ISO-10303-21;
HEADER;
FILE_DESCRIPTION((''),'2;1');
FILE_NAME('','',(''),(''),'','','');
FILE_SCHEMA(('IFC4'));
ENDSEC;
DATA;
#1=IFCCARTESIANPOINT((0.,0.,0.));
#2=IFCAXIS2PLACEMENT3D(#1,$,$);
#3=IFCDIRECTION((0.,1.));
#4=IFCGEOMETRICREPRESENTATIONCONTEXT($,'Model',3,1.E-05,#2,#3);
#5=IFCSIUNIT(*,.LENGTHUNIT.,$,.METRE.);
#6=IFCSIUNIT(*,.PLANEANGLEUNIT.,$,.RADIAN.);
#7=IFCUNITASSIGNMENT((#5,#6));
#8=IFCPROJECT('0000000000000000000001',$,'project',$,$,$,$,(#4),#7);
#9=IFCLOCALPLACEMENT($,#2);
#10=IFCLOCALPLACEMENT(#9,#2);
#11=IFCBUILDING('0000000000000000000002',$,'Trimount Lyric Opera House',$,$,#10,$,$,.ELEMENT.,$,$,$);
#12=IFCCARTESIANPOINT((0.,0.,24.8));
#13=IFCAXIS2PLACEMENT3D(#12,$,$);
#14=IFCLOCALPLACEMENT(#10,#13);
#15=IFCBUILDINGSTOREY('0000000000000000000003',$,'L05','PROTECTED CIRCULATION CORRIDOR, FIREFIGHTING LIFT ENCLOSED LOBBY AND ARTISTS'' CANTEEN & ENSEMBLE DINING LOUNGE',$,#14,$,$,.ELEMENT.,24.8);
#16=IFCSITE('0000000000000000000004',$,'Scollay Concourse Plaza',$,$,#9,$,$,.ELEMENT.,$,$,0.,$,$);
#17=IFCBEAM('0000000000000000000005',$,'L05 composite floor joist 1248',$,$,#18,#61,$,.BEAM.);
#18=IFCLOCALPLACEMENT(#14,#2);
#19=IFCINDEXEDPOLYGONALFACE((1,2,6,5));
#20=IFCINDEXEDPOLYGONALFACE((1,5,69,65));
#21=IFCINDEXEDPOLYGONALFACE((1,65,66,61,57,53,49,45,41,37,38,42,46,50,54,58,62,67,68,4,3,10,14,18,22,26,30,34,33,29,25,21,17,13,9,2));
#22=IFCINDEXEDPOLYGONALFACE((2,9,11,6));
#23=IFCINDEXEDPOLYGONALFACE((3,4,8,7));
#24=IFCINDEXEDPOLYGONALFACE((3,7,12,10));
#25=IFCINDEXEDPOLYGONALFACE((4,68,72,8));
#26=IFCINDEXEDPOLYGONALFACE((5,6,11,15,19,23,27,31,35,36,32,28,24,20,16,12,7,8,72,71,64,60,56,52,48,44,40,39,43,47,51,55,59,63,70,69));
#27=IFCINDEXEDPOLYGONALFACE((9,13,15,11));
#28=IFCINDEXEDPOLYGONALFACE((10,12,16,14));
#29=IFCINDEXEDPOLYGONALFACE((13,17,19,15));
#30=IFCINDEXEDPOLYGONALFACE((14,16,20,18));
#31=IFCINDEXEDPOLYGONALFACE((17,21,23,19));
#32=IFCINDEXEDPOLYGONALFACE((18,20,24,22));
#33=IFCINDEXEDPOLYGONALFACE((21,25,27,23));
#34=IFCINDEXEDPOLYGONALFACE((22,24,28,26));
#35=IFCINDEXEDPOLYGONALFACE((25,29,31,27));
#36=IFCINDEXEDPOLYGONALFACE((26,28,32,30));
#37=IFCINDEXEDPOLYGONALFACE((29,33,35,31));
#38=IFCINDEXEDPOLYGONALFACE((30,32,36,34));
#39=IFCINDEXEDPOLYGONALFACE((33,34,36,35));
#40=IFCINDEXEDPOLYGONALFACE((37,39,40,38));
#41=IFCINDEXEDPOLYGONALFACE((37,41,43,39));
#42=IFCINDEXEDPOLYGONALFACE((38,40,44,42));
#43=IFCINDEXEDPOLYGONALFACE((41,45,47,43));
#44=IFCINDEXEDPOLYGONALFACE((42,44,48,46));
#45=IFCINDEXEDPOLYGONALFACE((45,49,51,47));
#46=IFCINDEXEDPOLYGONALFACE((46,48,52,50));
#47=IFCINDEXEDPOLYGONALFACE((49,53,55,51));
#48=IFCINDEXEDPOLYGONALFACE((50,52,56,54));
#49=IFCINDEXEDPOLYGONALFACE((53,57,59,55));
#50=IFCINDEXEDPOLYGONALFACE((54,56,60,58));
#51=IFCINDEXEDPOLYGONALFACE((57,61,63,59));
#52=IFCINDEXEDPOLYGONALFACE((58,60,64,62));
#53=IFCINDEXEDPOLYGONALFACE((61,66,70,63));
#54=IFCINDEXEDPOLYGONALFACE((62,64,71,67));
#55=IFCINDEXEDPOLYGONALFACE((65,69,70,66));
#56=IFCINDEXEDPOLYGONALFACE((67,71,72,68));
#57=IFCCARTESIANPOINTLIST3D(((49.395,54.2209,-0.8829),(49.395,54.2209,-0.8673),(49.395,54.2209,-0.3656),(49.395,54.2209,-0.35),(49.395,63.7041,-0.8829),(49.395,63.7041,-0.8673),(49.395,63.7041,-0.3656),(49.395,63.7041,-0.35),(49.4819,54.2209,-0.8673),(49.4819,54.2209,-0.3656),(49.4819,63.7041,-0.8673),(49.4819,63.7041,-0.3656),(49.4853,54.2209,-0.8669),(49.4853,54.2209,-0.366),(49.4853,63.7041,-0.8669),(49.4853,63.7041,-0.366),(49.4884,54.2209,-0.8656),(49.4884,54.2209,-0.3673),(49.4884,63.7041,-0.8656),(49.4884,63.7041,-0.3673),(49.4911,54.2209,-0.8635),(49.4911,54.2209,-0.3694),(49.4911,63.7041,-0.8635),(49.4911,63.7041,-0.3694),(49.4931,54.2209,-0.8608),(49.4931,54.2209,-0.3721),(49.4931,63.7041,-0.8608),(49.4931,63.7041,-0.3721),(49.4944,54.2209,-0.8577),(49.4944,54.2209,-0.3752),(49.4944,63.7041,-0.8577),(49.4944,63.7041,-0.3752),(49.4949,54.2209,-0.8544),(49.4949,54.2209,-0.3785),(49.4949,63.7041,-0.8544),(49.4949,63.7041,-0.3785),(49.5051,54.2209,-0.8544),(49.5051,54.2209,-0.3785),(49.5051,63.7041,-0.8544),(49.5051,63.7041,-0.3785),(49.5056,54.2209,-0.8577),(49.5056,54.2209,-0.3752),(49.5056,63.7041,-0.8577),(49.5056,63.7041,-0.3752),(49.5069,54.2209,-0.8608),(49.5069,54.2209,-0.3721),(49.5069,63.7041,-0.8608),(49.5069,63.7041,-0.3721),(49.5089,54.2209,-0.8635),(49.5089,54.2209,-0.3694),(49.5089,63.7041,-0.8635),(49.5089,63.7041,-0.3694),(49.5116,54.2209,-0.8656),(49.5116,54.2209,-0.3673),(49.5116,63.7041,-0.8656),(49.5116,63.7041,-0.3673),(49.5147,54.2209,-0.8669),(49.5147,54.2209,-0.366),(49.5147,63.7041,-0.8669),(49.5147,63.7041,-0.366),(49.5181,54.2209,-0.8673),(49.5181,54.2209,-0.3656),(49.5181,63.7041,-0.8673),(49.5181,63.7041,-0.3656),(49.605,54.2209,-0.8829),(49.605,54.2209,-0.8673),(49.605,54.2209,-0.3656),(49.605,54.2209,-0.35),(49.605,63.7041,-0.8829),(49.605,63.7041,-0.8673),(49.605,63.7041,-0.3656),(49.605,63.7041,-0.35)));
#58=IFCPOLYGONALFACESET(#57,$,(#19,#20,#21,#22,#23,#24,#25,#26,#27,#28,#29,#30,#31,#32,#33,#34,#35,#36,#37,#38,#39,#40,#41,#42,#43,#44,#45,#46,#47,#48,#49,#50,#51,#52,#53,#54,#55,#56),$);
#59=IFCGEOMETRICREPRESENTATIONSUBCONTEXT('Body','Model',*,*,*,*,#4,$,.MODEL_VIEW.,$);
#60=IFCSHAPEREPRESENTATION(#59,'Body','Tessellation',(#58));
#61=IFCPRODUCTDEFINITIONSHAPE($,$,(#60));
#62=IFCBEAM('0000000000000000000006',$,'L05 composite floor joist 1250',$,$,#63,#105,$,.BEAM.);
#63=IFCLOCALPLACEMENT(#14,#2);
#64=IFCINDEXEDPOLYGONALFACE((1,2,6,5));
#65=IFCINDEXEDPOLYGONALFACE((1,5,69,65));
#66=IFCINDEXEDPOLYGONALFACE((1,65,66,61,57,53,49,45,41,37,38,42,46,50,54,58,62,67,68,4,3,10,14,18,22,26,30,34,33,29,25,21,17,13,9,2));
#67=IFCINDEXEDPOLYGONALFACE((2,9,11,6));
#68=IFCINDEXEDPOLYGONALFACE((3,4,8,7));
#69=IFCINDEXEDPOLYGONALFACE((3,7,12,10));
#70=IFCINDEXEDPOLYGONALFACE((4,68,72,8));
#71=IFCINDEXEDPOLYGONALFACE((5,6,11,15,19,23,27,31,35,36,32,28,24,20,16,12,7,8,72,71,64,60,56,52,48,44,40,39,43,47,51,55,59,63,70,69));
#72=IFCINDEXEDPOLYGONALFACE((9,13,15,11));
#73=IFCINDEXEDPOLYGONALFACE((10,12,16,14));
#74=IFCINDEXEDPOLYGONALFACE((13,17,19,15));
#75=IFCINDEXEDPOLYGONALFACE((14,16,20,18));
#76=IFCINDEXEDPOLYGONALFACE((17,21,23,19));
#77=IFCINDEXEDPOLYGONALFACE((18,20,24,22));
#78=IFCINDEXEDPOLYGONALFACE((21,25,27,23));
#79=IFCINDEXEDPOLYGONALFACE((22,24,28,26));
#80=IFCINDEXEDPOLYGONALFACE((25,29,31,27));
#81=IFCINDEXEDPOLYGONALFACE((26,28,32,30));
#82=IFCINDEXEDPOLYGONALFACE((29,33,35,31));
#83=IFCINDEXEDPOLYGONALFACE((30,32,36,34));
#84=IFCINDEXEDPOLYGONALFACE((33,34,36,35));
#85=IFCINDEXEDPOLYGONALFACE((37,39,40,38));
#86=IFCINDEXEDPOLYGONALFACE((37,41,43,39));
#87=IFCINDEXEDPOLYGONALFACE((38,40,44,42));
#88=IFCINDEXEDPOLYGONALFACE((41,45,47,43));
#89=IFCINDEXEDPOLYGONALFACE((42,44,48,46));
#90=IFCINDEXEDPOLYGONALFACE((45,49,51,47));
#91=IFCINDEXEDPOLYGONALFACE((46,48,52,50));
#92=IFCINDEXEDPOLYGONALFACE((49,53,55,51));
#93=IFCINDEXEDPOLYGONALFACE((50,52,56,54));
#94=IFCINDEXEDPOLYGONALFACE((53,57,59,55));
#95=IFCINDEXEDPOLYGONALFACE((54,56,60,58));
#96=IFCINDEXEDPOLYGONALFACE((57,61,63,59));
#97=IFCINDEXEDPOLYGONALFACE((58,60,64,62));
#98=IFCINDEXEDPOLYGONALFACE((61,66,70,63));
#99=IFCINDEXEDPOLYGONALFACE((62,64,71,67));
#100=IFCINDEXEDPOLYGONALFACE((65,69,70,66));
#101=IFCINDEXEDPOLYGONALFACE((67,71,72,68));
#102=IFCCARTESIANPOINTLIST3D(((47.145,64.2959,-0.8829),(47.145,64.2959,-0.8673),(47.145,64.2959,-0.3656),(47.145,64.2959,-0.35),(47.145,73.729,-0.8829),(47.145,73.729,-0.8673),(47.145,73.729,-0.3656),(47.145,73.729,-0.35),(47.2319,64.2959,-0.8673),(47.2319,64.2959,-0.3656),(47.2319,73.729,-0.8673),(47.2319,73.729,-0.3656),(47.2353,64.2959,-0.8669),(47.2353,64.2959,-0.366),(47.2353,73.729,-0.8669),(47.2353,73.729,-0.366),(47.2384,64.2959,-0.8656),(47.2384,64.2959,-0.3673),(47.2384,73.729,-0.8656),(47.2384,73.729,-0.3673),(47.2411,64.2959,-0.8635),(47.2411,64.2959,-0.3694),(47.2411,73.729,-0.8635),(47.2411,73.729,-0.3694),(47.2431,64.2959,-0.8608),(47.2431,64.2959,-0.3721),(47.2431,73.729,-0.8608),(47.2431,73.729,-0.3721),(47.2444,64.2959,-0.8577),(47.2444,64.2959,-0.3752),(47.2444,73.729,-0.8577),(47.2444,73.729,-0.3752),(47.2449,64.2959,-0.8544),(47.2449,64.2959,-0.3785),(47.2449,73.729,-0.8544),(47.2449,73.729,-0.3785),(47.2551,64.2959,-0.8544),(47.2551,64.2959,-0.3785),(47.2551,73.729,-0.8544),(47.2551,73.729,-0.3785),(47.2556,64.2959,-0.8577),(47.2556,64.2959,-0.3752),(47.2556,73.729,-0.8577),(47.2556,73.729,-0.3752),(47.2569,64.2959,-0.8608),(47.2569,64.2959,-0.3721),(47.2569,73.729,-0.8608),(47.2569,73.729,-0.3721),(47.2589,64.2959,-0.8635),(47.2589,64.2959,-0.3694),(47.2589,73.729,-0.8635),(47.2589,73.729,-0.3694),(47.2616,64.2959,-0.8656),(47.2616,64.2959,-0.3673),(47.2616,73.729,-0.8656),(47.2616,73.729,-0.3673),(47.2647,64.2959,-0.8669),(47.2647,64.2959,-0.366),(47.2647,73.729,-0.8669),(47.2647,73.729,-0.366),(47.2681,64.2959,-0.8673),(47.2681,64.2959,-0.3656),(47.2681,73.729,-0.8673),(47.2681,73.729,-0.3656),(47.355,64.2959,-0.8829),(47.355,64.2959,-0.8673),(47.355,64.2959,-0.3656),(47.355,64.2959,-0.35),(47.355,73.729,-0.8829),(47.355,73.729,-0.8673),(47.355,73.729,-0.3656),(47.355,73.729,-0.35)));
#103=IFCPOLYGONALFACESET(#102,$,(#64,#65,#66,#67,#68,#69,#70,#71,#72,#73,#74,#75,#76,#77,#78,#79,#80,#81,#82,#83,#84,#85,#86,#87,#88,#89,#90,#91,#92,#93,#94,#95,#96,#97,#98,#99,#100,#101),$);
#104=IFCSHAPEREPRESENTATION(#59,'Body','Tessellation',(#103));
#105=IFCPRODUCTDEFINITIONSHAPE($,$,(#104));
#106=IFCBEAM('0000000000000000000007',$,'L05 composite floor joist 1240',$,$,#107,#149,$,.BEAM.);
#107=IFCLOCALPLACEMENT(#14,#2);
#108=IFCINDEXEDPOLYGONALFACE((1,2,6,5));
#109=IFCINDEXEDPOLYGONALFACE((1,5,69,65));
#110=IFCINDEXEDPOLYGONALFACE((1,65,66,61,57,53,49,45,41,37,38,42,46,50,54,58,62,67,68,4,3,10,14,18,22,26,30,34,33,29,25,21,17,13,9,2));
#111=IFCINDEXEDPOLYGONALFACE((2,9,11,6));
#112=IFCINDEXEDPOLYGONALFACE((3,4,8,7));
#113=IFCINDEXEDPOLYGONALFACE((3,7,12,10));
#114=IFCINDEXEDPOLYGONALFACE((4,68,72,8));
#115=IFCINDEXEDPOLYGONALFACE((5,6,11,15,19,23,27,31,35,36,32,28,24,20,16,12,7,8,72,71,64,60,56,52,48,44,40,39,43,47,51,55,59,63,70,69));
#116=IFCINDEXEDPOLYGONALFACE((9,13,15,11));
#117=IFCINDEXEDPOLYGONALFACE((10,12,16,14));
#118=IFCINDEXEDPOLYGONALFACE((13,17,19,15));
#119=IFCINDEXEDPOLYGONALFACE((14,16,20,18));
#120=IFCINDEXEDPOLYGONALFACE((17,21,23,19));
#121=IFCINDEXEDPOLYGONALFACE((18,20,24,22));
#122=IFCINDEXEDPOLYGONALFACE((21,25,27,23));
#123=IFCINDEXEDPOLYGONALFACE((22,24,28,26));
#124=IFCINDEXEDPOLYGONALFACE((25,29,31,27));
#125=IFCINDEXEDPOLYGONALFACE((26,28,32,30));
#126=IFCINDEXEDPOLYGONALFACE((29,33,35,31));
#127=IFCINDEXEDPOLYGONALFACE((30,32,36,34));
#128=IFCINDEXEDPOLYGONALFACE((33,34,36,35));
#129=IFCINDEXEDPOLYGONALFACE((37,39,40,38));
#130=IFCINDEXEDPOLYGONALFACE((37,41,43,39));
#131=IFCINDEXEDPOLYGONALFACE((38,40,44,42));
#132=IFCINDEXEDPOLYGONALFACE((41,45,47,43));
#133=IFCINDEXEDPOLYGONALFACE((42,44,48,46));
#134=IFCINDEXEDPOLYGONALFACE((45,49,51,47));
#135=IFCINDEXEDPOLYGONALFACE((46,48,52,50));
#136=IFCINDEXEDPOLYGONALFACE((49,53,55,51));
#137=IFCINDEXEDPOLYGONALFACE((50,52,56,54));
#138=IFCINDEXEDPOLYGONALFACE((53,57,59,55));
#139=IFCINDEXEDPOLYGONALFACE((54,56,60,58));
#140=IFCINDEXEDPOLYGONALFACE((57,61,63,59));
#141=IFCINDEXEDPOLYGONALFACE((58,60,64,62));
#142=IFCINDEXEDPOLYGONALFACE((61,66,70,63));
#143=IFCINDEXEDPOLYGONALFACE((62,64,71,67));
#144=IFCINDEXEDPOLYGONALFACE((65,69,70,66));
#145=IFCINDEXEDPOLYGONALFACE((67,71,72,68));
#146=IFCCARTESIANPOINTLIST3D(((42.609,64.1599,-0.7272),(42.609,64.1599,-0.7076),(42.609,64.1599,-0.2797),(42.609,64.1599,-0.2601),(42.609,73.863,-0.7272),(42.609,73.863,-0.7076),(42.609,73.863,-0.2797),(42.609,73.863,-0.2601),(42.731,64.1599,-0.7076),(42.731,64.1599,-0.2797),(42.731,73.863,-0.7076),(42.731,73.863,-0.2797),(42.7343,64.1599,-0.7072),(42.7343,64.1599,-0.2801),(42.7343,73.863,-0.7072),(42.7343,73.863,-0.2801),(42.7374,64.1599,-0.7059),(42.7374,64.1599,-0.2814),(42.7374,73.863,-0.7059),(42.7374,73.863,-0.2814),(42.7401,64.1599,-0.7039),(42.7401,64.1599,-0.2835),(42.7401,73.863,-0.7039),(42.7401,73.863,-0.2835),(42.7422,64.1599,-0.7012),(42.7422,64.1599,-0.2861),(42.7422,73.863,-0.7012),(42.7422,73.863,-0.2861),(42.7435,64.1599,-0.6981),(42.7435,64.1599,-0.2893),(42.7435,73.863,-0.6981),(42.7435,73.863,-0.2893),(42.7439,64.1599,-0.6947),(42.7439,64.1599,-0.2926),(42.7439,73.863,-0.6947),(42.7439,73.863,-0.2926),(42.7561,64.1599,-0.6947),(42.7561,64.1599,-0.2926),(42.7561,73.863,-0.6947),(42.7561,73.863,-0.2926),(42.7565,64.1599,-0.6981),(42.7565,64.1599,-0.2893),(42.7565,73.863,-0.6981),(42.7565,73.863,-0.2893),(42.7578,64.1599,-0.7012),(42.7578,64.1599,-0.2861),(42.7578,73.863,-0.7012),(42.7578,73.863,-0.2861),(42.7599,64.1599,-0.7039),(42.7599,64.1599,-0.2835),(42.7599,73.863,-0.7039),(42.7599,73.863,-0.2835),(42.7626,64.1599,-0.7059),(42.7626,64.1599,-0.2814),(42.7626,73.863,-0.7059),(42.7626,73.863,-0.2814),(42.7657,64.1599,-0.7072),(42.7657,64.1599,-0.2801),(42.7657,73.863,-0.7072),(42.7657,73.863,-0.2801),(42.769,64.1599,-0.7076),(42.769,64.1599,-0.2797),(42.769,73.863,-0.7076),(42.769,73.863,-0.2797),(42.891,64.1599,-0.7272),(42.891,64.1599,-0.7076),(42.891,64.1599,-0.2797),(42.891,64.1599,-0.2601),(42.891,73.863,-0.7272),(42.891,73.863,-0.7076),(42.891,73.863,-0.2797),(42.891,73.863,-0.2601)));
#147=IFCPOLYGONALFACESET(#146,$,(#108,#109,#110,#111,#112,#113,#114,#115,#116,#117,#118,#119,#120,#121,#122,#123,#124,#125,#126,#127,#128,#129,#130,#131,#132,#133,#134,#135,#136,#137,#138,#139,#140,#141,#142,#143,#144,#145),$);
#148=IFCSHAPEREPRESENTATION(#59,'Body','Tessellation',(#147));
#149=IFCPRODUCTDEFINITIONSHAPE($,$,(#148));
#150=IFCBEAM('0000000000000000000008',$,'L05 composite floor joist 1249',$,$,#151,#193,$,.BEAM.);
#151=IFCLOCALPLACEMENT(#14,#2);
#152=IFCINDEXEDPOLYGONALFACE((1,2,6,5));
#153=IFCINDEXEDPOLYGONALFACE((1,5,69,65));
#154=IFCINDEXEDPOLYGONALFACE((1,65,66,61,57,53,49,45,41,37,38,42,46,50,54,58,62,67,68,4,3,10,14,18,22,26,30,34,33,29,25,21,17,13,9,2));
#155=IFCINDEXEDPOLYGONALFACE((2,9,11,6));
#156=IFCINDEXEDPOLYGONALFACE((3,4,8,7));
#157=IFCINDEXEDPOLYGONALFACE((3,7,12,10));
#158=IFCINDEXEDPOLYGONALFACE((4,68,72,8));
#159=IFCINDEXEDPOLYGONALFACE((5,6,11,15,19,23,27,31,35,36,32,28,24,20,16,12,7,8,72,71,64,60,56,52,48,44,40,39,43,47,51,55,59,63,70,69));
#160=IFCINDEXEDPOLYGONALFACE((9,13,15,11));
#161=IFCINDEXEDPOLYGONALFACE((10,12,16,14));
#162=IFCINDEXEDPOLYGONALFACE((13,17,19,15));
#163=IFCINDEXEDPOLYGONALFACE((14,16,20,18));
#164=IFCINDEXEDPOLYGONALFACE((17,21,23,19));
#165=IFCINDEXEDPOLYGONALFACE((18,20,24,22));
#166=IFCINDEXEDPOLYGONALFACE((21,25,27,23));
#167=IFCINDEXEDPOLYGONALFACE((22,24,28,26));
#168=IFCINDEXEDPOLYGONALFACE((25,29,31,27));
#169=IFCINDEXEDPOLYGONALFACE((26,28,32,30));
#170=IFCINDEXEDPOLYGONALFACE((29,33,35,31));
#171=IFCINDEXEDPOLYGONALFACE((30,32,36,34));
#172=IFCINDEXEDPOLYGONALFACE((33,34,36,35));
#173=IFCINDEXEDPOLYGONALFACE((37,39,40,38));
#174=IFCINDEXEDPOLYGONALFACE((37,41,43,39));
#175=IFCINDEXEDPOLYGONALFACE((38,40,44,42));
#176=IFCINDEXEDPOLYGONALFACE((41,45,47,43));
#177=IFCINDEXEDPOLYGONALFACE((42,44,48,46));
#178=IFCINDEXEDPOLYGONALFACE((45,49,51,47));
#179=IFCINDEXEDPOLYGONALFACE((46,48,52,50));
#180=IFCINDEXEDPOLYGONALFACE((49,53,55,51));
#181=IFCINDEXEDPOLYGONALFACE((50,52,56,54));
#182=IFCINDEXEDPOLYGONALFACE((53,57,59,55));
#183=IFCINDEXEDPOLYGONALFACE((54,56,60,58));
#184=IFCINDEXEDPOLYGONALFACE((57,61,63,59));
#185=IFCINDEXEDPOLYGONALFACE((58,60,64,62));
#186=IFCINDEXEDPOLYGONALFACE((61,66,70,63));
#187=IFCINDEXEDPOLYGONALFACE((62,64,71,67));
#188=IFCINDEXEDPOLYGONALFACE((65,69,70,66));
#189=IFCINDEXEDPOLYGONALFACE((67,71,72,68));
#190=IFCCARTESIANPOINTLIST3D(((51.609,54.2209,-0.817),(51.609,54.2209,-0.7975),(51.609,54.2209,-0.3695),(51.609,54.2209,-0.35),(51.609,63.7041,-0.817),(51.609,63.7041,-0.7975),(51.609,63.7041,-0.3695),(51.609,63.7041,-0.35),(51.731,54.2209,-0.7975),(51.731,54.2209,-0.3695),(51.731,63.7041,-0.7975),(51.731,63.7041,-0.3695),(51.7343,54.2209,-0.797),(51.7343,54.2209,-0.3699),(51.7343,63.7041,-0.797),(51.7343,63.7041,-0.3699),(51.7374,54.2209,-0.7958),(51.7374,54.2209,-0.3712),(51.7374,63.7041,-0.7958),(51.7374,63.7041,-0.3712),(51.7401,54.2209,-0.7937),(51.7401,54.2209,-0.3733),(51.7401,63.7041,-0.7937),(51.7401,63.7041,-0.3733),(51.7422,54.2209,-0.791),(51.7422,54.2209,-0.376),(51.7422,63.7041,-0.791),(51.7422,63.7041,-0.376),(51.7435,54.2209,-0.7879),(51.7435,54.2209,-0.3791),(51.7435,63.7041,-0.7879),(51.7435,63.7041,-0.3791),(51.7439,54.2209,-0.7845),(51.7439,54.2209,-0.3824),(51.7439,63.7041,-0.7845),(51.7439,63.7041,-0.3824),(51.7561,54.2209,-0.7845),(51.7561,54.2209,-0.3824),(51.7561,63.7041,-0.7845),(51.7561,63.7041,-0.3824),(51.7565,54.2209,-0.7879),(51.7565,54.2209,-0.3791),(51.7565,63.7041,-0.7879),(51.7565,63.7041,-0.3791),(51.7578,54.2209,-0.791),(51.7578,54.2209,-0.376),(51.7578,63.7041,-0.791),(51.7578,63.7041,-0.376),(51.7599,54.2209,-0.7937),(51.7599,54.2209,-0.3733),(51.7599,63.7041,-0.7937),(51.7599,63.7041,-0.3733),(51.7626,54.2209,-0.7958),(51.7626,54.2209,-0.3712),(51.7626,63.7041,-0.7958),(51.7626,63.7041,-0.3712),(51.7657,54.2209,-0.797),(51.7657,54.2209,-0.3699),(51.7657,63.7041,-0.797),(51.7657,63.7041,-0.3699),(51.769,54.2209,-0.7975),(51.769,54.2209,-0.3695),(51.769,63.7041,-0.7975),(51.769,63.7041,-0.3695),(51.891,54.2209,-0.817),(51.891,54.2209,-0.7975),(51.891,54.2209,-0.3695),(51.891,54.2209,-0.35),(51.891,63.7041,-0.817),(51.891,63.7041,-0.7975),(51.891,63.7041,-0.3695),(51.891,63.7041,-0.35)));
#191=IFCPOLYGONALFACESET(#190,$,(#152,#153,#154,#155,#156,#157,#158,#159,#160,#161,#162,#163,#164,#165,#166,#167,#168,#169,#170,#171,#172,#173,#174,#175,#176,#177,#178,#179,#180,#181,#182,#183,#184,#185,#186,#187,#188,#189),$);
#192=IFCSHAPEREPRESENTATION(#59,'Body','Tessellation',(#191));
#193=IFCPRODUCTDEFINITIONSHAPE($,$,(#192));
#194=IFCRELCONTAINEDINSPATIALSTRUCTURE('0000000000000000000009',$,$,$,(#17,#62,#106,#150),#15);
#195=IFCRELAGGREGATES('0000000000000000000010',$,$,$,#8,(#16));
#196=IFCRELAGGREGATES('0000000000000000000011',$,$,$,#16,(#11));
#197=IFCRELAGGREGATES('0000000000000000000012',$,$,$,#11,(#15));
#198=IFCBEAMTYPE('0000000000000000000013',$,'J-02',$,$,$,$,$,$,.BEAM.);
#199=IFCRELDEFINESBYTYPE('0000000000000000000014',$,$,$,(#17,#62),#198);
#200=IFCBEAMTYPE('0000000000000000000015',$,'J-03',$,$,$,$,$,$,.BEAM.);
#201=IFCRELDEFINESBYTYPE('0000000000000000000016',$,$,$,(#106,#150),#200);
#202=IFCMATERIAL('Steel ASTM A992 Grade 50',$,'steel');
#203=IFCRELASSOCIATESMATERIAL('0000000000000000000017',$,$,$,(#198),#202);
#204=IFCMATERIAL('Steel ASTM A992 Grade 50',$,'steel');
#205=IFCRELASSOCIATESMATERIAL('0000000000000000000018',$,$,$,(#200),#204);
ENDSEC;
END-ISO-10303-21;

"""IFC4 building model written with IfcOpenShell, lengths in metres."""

from ifc_helpers import new_model, si_unit, direction, frame, origin, origin_2d, place, context, subcontext, project, spatial, i_section, extrude, material, material_profile, profile_set, type_object, element, save


model = new_model("IFC4")

# Units and contexts
model_context = context("Model", 3, precision=1e-05, world=origin(), true_north=direction((0.0, 1.0)))
body_context = subcontext(model_context, "Body", "Model", "MODEL_VIEW")
ifc_project = project(units=[si_unit("LENGTHUNIT", "METRE"), si_unit("PLANEANGLEUNIT", "RADIAN")], contexts=[model_context])

# Site, building, storey
site_placement = place(None, origin())
site = spatial("IfcSite", under=ifc_project, at=site_placement, Name="Scollay Concourse Plaza", CompositionType="ELEMENT", RefElevation=0.0)
building_placement = place(site_placement, origin())
building = spatial("IfcBuilding", under=site, at=building_placement, Name="Trimount Lyric Opera House", CompositionType="ELEMENT")
storey_placement = place(building_placement, frame((0.0, 0.0, 24.8)))
storey = spatial("IfcBuildingStorey", under=building, at=storey_placement, Name="L05", Description="PROTECTED CIRCULATION CORRIDOR, FIREFIGHTING LIFT ENCLOSED LOBBY AND ARTISTS' CANTEEN & ENSEMBLE DINING LOUNGE", CompositionType="ELEMENT", Elevation=24.8)

# Beams
ifc_material_1 = material(Name="Steel ASTM A992 Grade 50", Category="steel")
ifc_material_profile_1 = material_profile(ifc_material_1, i_section(OverallWidth=0.21, OverallDepth=0.533, WebThickness=0.0103, FlangeThickness=0.0156, FilletRadius=0.0129, at=origin_2d()), Name="W21X62")
ifc_profile_set_1 = profile_set([ifc_material_profile_1], Name="Steel ASTM A992 Grade 50")
beam_type_1 = type_object("IfcBeamType", Name="J-02", PredefinedType="BEAM", material=ifc_profile_set_1)
beam_1_placement = place(storey_placement, frame((49.5, 54.2209, -0.6165), z_axis=(0.0, 1.0, 0.0), x_axis=(-1.0, 0.0, 0.0)))
element("IfcBeam", 1, at=beam_1_placement, inside=storey, type_object=beam_type_1, Name="L05 composite floor joist 1248", PredefinedType="BEAM", context=body_context, shape_type="SweptSolid", body=[
    extrude(i_section(OverallWidth=0.21, OverallDepth=0.533, WebThickness=0.0103, FlangeThickness=0.0156, FilletRadius=0.0129, at=origin_2d()), origin(), (0.0, 0.0, 1.0), 9.4832),
])
beam_2_placement = place(storey_placement, frame((47.25, 64.2959, -0.6165), z_axis=(0.0, 1.0, 0.0), x_axis=(-1.0, 0.0, 0.0)))
element("IfcBeam", 2, at=beam_2_placement, inside=storey, type_object=beam_type_1, Name="L05 composite floor joist 1250", PredefinedType="BEAM", context=body_context, shape_type="SweptSolid", body=[
    extrude(i_section(OverallWidth=0.21, OverallDepth=0.533, WebThickness=0.0103, FlangeThickness=0.0156, FilletRadius=0.0129, at=origin_2d()), origin(), (0.0, 0.0, 1.0), 9.4331),
])
ifc_material_2 = material(Name="Steel ASTM A992 Grade 50", Category="steel")
ifc_material_profile_2 = material_profile(ifc_material_2, i_section(OverallWidth=0.282, OverallDepth=0.467, WebThickness=0.0122, FlangeThickness=0.0195, FilletRadius=0.0129, at=origin_2d()), Name="W18X86")
ifc_profile_set_2 = profile_set([ifc_material_profile_2], Name="Steel ASTM A992 Grade 50")
beam_type_2 = type_object("IfcBeamType", Name="J-03", PredefinedType="BEAM", material=ifc_profile_set_2)
beam_3_placement = place(storey_placement, frame((42.75, 64.1599, -0.4937), z_axis=(0.0, 1.0, 0.0), x_axis=(-1.0, 0.0, 0.0)))
element("IfcBeam", 3, at=beam_3_placement, inside=storey, type_object=beam_type_2, Name="L05 composite floor joist 1240", PredefinedType="BEAM", context=body_context, shape_type="SweptSolid", body=[
    extrude(i_section(OverallWidth=0.282, OverallDepth=0.467, WebThickness=0.0122, FlangeThickness=0.0195, FilletRadius=0.0129, at=origin_2d()), origin(), (0.0, 0.0, 1.0), 9.7031),
])
beam_4_placement = place(storey_placement, frame((51.75, 54.2209, -0.5835), z_axis=(0.0, 1.0, 0.0), x_axis=(-1.0, 0.0, 0.0)))
element("IfcBeam", 4, at=beam_4_placement, inside=storey, type_object=beam_type_2, Name="L05 composite floor joist 1249", PredefinedType="BEAM", context=body_context, shape_type="SweptSolid", body=[
    extrude(i_section(OverallWidth=0.282, OverallDepth=0.467, WebThickness=0.0122, FlangeThickness=0.0195, FilletRadius=0.0129, at=origin_2d()), origin(), (0.0, 0.0, 1.0), 9.4832),
])

save(model, "model.ifc")
